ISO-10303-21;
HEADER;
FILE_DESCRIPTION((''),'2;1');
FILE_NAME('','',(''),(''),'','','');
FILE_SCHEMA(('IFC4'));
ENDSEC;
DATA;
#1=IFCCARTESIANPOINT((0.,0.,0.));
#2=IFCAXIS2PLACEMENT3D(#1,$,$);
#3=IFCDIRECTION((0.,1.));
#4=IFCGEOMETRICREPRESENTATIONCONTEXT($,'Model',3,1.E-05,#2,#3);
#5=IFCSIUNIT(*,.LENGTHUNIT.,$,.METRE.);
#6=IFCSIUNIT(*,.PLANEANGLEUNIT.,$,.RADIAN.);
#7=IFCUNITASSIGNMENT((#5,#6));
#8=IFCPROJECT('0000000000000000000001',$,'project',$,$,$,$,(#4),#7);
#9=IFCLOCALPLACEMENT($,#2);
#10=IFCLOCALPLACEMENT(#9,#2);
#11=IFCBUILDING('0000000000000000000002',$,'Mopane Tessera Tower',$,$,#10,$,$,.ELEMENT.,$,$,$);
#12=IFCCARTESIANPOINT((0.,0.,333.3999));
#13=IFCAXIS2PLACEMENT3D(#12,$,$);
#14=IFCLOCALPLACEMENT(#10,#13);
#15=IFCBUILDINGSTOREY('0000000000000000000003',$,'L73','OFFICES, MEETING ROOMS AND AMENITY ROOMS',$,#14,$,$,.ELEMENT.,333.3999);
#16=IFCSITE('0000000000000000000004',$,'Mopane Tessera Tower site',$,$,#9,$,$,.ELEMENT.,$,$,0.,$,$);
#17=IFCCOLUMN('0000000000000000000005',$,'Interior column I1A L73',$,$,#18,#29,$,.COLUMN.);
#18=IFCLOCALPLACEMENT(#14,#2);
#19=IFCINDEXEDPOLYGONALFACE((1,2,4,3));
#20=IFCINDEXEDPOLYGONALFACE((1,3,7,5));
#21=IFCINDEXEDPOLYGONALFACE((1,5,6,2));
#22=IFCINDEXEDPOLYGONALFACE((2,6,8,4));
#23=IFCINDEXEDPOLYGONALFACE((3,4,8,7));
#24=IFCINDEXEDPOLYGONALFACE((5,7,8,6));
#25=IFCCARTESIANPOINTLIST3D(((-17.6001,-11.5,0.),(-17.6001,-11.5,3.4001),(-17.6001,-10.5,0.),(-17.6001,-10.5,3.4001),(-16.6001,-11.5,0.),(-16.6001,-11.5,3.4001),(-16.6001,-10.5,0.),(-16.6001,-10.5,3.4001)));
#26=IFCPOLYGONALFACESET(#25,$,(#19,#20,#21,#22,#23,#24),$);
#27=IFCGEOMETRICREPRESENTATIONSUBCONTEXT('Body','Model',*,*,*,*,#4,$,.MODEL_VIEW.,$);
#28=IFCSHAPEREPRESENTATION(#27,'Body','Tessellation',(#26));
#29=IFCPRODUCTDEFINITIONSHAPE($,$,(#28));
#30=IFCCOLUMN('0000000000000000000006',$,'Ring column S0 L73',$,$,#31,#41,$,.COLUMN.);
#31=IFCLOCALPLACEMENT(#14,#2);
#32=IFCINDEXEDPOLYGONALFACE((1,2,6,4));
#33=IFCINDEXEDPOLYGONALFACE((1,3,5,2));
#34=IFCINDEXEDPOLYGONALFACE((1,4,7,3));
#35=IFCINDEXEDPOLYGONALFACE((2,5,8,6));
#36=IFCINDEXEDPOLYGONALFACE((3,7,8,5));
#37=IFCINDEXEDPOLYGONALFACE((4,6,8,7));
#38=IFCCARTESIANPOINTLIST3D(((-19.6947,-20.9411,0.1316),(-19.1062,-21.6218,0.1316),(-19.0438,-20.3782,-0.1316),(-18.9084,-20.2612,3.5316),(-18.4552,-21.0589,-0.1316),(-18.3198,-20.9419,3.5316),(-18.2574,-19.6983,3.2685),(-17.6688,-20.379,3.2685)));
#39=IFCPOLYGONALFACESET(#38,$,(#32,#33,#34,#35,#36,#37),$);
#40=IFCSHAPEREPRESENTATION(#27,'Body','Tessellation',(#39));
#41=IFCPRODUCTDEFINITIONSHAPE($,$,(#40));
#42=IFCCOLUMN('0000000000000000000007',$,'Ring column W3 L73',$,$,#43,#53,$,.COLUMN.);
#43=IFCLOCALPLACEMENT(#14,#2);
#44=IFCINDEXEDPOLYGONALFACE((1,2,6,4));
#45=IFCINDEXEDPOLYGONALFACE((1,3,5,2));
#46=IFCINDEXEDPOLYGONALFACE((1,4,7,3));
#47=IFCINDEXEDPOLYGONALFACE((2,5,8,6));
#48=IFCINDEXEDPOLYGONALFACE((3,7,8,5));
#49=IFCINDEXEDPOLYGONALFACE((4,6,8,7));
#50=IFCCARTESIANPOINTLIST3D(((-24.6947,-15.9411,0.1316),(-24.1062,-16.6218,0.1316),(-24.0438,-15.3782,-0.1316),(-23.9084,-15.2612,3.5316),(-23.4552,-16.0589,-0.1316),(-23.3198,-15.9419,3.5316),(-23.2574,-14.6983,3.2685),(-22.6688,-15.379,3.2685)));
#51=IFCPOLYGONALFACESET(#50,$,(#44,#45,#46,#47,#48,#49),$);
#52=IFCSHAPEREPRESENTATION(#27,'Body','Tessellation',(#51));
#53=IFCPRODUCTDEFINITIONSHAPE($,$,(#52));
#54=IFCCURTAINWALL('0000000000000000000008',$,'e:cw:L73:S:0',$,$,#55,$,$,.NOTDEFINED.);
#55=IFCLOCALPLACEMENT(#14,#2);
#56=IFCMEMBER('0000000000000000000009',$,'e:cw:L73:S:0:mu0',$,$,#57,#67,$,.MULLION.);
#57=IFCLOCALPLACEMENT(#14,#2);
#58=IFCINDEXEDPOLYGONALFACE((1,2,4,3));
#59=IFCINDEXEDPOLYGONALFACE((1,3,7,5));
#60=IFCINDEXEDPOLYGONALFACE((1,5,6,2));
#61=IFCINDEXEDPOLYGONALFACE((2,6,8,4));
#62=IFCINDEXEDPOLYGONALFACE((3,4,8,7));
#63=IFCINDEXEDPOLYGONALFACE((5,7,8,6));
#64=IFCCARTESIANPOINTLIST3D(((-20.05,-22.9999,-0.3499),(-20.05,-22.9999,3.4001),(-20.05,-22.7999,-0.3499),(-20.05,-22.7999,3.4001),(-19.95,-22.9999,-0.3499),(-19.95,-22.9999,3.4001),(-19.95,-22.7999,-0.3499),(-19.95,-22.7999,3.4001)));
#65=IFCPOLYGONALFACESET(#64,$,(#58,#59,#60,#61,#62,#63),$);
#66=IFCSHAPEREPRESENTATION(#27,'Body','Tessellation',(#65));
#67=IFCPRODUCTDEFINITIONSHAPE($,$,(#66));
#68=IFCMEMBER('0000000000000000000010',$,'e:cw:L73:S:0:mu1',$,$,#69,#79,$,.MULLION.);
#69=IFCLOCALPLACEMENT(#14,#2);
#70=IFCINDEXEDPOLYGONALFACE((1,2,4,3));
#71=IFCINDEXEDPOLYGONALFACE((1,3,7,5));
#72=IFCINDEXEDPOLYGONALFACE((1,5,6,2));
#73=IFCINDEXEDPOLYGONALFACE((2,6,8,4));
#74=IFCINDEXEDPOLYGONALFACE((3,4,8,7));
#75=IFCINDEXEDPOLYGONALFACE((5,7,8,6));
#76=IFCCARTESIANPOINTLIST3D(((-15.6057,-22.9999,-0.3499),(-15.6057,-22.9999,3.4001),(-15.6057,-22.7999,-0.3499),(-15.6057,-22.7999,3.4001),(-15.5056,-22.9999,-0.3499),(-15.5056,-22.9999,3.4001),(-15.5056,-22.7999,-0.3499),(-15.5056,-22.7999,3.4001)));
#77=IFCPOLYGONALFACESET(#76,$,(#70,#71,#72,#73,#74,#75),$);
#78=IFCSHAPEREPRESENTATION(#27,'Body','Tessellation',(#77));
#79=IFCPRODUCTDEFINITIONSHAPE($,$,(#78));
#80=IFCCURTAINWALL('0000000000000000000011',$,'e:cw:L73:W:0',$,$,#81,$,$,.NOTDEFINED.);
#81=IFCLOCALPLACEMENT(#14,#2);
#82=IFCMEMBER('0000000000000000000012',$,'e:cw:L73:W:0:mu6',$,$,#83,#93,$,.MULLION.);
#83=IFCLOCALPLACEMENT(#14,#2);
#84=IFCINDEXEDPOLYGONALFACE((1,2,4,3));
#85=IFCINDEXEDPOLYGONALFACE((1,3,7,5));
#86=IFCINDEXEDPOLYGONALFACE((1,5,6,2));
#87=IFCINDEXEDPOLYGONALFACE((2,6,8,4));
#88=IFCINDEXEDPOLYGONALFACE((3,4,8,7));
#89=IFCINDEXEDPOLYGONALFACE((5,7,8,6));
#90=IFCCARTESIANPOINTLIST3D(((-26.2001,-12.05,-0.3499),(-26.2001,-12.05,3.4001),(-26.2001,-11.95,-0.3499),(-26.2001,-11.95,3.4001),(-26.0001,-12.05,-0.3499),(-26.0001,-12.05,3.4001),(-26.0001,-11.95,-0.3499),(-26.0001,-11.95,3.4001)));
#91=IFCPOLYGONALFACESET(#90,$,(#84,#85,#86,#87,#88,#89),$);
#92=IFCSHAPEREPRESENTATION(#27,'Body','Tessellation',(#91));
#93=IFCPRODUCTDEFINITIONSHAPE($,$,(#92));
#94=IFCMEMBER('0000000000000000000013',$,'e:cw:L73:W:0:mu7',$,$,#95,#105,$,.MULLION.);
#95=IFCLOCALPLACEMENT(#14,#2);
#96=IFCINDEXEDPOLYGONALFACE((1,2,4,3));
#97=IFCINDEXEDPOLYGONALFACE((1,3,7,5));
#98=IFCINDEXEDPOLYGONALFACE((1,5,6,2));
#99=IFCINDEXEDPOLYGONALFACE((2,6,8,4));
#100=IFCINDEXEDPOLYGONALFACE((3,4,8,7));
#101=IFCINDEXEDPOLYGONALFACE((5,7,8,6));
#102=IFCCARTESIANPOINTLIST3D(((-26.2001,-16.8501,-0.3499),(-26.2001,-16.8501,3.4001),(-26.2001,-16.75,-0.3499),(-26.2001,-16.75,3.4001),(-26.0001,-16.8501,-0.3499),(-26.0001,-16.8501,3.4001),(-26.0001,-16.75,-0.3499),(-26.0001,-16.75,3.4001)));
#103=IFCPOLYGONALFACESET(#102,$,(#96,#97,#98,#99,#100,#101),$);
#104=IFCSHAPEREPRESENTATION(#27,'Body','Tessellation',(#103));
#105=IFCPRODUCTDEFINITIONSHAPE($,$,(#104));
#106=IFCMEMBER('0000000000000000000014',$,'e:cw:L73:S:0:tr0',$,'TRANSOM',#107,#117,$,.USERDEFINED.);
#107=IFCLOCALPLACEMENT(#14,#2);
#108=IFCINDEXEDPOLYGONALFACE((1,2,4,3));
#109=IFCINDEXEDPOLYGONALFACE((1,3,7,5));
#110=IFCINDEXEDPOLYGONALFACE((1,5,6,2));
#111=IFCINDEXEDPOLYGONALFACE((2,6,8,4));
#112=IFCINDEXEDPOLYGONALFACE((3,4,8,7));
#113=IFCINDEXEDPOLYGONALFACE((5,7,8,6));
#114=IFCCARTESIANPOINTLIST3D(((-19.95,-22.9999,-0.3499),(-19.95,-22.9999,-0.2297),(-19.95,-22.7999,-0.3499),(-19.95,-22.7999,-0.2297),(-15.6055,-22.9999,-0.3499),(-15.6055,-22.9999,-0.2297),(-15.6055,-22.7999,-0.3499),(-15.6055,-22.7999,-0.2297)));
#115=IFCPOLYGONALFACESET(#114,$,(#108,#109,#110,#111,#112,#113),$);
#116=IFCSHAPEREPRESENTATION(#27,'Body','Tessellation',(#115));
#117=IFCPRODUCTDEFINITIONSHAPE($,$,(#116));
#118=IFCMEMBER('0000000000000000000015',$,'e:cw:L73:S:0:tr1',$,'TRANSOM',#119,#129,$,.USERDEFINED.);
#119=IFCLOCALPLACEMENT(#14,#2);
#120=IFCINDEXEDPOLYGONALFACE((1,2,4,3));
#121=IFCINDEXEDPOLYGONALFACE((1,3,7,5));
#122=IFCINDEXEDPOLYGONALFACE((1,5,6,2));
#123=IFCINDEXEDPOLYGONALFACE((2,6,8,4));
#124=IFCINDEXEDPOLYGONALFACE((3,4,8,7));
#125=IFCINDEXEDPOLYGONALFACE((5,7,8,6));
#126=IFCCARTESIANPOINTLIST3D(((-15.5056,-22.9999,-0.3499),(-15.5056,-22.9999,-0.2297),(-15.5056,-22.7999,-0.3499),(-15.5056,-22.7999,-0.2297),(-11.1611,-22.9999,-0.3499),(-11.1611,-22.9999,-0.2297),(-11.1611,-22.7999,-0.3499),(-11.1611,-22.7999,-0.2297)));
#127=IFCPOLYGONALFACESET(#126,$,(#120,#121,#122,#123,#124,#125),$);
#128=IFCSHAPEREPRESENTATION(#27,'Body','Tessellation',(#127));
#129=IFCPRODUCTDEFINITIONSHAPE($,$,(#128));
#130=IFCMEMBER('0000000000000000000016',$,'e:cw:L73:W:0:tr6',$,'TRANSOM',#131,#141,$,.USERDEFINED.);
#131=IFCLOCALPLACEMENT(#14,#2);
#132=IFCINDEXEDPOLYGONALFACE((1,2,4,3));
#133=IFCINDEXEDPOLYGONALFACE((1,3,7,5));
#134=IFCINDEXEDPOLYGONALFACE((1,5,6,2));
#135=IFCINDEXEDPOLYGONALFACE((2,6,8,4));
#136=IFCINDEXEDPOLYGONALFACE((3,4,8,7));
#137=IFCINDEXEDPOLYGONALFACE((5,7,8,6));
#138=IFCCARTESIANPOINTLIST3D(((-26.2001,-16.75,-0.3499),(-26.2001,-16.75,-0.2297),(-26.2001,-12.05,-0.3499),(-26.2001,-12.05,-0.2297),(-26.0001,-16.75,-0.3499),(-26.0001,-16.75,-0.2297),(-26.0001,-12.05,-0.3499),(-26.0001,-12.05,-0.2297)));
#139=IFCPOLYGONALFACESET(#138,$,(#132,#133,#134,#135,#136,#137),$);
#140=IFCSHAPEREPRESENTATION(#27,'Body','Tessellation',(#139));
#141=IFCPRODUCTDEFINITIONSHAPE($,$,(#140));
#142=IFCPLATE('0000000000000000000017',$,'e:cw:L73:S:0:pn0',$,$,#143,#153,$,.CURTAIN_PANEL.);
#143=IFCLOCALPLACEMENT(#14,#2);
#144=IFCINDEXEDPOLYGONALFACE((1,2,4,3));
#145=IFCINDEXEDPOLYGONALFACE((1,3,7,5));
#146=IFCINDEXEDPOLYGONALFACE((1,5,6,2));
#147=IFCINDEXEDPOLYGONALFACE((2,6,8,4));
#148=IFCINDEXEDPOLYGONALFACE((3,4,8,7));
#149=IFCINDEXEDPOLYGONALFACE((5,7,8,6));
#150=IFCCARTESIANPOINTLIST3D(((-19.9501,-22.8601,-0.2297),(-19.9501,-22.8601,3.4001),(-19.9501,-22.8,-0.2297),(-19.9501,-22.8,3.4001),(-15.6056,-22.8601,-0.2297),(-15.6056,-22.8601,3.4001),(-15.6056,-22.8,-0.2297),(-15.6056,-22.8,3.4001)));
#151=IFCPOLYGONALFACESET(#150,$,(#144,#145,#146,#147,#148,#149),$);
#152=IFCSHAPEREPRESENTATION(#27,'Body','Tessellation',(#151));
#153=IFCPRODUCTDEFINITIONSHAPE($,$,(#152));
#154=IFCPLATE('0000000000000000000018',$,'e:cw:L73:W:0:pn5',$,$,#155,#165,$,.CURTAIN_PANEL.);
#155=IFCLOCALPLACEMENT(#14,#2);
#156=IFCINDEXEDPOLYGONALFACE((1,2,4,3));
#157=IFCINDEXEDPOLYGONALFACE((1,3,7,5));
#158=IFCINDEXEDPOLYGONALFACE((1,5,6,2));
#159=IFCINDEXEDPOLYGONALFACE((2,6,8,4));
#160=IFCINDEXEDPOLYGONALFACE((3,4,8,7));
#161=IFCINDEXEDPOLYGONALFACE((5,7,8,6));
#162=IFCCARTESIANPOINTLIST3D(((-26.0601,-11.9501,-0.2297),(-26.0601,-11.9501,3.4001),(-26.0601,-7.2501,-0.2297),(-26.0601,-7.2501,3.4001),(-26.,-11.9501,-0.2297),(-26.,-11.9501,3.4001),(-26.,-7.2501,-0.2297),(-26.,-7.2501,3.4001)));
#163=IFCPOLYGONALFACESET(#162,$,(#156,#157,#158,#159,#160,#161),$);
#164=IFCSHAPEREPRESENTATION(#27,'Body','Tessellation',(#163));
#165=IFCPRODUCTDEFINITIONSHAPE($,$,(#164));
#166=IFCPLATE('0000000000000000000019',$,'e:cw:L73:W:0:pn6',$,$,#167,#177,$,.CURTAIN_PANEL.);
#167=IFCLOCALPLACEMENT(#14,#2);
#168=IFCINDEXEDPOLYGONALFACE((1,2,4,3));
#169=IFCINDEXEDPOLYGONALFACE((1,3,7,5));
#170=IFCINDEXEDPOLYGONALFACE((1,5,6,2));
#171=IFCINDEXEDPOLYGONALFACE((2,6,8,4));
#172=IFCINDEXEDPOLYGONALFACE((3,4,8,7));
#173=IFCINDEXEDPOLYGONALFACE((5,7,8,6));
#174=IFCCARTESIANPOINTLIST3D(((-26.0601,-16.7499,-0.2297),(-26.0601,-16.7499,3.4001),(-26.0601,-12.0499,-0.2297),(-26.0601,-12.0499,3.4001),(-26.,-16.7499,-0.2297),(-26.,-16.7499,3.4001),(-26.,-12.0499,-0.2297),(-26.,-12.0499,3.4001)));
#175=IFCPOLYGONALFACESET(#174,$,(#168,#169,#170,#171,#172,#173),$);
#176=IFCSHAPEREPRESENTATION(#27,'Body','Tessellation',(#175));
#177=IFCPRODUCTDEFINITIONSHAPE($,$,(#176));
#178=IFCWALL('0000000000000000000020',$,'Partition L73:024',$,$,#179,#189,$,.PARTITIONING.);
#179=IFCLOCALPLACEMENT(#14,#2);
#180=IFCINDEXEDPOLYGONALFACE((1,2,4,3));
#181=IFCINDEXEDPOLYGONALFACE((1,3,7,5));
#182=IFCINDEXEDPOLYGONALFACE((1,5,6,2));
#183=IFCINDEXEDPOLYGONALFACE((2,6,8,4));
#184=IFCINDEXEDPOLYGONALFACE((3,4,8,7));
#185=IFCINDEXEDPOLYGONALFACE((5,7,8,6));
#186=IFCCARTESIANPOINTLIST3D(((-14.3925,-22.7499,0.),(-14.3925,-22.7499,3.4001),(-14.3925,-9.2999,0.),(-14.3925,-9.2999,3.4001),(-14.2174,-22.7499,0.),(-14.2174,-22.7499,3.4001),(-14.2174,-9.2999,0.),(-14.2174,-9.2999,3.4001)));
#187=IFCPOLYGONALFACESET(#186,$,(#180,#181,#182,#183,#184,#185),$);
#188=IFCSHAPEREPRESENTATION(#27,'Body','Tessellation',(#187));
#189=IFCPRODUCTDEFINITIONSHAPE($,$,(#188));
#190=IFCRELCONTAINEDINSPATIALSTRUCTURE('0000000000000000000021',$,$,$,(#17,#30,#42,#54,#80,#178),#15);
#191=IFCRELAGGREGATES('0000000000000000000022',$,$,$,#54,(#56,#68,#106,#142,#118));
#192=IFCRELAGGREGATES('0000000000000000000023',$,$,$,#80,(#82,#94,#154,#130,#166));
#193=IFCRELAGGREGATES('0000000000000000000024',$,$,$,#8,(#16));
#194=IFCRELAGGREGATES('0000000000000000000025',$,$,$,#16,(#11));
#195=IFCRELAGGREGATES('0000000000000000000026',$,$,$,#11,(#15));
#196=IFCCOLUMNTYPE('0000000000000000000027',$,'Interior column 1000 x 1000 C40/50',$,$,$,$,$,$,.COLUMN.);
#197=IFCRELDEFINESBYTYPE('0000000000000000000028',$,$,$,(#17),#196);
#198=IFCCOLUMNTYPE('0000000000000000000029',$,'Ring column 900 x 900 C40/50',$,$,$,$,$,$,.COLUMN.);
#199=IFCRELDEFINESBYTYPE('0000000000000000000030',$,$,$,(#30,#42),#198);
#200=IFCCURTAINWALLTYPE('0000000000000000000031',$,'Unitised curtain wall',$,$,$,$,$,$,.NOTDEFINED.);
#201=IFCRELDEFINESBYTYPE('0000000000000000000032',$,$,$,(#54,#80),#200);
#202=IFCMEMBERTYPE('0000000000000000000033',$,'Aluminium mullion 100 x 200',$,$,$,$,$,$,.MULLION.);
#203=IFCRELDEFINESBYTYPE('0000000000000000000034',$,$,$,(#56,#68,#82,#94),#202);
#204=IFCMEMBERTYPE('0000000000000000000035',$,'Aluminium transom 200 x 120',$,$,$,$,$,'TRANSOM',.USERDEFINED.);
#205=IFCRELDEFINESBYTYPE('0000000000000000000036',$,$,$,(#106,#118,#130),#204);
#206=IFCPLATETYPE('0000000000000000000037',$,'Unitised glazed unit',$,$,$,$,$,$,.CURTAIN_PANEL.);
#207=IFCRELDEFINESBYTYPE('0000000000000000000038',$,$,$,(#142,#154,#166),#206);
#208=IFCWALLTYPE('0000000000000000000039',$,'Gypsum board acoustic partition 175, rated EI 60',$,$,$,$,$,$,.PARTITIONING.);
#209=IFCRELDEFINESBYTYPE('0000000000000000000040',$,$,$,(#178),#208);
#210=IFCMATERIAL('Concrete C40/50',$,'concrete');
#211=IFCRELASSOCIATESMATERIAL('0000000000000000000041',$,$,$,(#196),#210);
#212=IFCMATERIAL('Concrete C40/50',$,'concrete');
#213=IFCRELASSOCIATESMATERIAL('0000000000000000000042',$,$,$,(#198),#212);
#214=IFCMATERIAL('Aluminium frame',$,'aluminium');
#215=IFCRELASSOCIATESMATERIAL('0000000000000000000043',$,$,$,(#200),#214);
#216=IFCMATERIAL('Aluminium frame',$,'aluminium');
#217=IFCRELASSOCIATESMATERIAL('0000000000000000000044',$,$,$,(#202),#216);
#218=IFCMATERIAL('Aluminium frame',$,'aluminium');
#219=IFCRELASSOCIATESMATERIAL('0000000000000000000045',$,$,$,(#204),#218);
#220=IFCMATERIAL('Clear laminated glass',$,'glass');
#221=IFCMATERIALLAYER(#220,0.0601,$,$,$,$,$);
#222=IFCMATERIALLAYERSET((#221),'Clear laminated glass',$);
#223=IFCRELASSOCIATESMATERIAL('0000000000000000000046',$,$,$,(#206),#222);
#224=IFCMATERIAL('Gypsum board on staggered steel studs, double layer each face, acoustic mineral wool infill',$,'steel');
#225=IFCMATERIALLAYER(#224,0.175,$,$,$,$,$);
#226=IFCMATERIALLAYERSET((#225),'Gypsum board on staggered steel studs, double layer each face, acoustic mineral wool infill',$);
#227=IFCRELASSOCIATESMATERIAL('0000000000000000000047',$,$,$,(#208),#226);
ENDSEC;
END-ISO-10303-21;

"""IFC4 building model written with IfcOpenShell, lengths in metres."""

from ifc_helpers import new_model, si_unit, direction, frame, frame_2d, origin, origin_2d, place, context, subcontext, project, spatial, rectangle, extrude, material, layer, layer_set, material_profile, profile_set, type_object, element, aggregate, save


model = new_model("IFC4")

# Units and contexts
model_context = context("Model", 3, precision=1e-05, world=origin(), true_north=direction((0.0, 1.0)))
body_context = subcontext(model_context, "Body", "Model", "MODEL_VIEW")
ifc_project = project(units=[si_unit("LENGTHUNIT", "METRE"), si_unit("PLANEANGLEUNIT", "RADIAN")], contexts=[model_context])

# Site, building, storey
site_placement = place(None, origin())
site = spatial("IfcSite", under=ifc_project, at=site_placement, Name="Mopane Tessera Tower site", CompositionType="ELEMENT", RefElevation=0.0)
building_placement = place(site_placement, origin())
building = spatial("IfcBuilding", under=site, at=building_placement, Name="Mopane Tessera Tower", CompositionType="ELEMENT")
storey_placement = place(building_placement, frame((0.0, 0.0, 333.3999)))
storey = spatial("IfcBuildingStorey", under=building, at=storey_placement, Name="L73", Description="OFFICES, MEETING ROOMS AND AMENITY ROOMS", CompositionType="ELEMENT", Elevation=333.3999)

# Columns
ifc_material_1 = material(Name="Concrete C40/50", Category="concrete")
ifc_material_profile_1 = material_profile(ifc_material_1, rectangle(XDim=1.0, YDim=1.0, at=origin_2d()))
ifc_profile_set_1 = profile_set([ifc_material_profile_1], Name="Concrete C40/50")
column_type_1 = type_object("IfcColumnType", Name="Interior column 1000 x 1000 C40/50", PredefinedType="COLUMN", material=ifc_profile_set_1)
column_placement = place(storey_placement, frame((-17.1001, -11.0, 0.0), z_axis=(0.0, 0.0, 1.0), x_axis=(1.0, 0.0, 0.0)))
element("IfcColumn", 1, at=column_placement, inside=storey, type_object=column_type_1, Name="Interior column I1A L73", PredefinedType="COLUMN", context=body_context, shape_type="SweptSolid", body=[
    extrude(rectangle(XDim=1.0, YDim=1.0, at=origin_2d()), origin(), (0.0, 0.0, 1.0), 3.4001),
])
ifc_material_2 = material(Name="Concrete C40/50", Category="concrete")
ifc_material_profile_2 = material_profile(ifc_material_2, rectangle(XDim=0.8999, YDim=0.8999, at=origin_2d()))
ifc_profile_set_2 = profile_set([ifc_material_profile_2], Name="Concrete C40/50")
column_type_2 = type_object("IfcColumnType", Name="Ring column 900 x 900 C40/50", PredefinedType="COLUMN", material=ifc_profile_set_2)
for number, where, z_axis, x_axis, name in (
    (2, (-19.075, -21.0, 0.0), (0.221171, 0.191233, 0.956302), (-0.654054, 0.756448, 0.0), "Ring column S0 L73"),
    (3, (-24.075, -16.0, 0.0), (0.221171, 0.191233, 0.956302), (-0.654054, 0.756448, 0.0), "Ring column W3 L73"),
):
    element("IfcColumn", number, at=place(storey_placement, frame(where, z_axis=z_axis, x_axis=x_axis)), inside=storey, type_object=column_type_2, Name=name, PredefinedType="COLUMN", context=body_context, shape_type="SweptSolid", body=[
        extrude(rectangle(XDim=0.8999, YDim=0.8999, at=origin_2d()), origin(), (0.0, 0.0, 1.0), 3.5554),
    ])

# Curtain walls, members
ifc_material_3 = material(Name="Aluminium frame", Category="aluminium")
curtain_wall_type = type_object("IfcCurtainWallType", Name="Unitised curtain wall", PredefinedType="NOTDEFINED", material=ifc_material_3)
curtain_wall_1_placement = place(storey_placement, origin())
curtain_wall_1 = element("IfcCurtainWall", 4, at=curtain_wall_1_placement, inside=storey, type_object=curtain_wall_type, Name="e:cw:L73:S:0", PredefinedType="NOTDEFINED")
ifc_material_4 = material(Name="Aluminium frame", Category="aluminium")
ifc_material_profile_3 = material_profile(ifc_material_4, rectangle(XDim=0.1001, YDim=0.2, at=origin_2d()))
ifc_profile_set_3 = profile_set([ifc_material_profile_3], Name="Aluminium frame")
member_type_1 = type_object("IfcMemberType", Name="Aluminium mullion 100 x 200", PredefinedType="MULLION", material=ifc_profile_set_3)
member_1_placement = place(storey_placement, frame((-20.0, -22.8999, -0.3499), z_axis=(0.0, 0.0, 1.0), x_axis=(1.0, 0.0, 0.0)))
member_1 = element("IfcMember", 5, at=member_1_placement, type_object=member_type_1, Name="e:cw:L73:S:0:mu0", PredefinedType="MULLION", context=body_context, shape_type="SweptSolid", body=[
    extrude(rectangle(XDim=0.1001, YDim=0.2, at=origin_2d()), origin(), (0.0, 0.0, 1.0), 3.75),
])
member_2_placement = place(storey_placement, frame((-15.5557, -22.8999, -0.3499), z_axis=(0.0, 0.0, 1.0), x_axis=(1.0, 0.0, 0.0)))
member_2 = element("IfcMember", 6, at=member_2_placement, type_object=member_type_1, Name="e:cw:L73:S:0:mu1", PredefinedType="MULLION", context=body_context, shape_type="SweptSolid", body=[
    extrude(rectangle(XDim=0.1001, YDim=0.2, at=origin_2d()), origin(), (0.0, 0.0, 1.0), 3.75),
])
curtain_wall_2_placement = place(storey_placement, origin())
curtain_wall_2 = element("IfcCurtainWall", 7, at=curtain_wall_2_placement, inside=storey, type_object=curtain_wall_type, Name="e:cw:L73:W:0", PredefinedType="NOTDEFINED")
member_3_placement = place(storey_placement, frame((-26.1001, -12.0, -0.3499), z_axis=(0.0, 0.0, 1.0), x_axis=(0.0, -1.0, 0.0)))
member_3 = element("IfcMember", 8, at=member_3_placement, type_object=member_type_1, Name="e:cw:L73:W:0:mu6", PredefinedType="MULLION", context=body_context, shape_type="SweptSolid", body=[
    extrude(rectangle(XDim=0.1001, YDim=0.2, at=origin_2d()), origin(), (0.0, 0.0, 1.0), 3.75),
])
member_4_placement = place(storey_placement, frame((-26.1001, -16.8, -0.3499), z_axis=(0.0, 0.0, 1.0), x_axis=(0.0, -1.0, 0.0)))
member_4 = element("IfcMember", 9, at=member_4_placement, type_object=member_type_1, Name="e:cw:L73:W:0:mu7", PredefinedType="MULLION", context=body_context, shape_type="SweptSolid", body=[
    extrude(rectangle(XDim=0.1001, YDim=0.2, at=origin_2d()), origin(), (0.0, 0.0, 1.0), 3.75),
])

# Members
ifc_material_5 = material(Name="Aluminium frame", Category="aluminium")
ifc_material_profile_4 = material_profile(ifc_material_5, rectangle(XDim=0.2, YDim=0.1201, at=origin_2d()))
ifc_profile_set_4 = profile_set([ifc_material_profile_4], Name="Aluminium frame")
member_type_2 = type_object("IfcMemberType", Name="Aluminium transom 200 x 120", ElementType="TRANSOM", PredefinedType="USERDEFINED", material=ifc_profile_set_4)
member_5_placement = place(storey_placement, frame((-19.95, -22.8999, -0.2898), z_axis=(1.0, 0.0, 0.0), x_axis=(0.0, 1.0, 0.0)))
member_5 = element("IfcMember", 10, at=member_5_placement, type_object=member_type_2, Name="e:cw:L73:S:0:tr0", ObjectType="TRANSOM", PredefinedType="USERDEFINED", context=body_context, shape_type="SweptSolid", body=[
    extrude(rectangle(XDim=0.2, YDim=0.1201, at=origin_2d()), origin(), (0.0, 0.0, 1.0), 4.3445),
])
member_6_placement = place(storey_placement, frame((-15.5056, -22.8999, -0.2898), z_axis=(1.0, 0.0, 0.0), x_axis=(0.0, 1.0, 0.0)))
member_6 = element("IfcMember", 11, at=member_6_placement, type_object=member_type_2, Name="e:cw:L73:S:0:tr1", ObjectType="TRANSOM", PredefinedType="USERDEFINED", context=body_context, shape_type="SweptSolid", body=[
    extrude(rectangle(XDim=0.2, YDim=0.1201, at=origin_2d()), origin(), (0.0, 0.0, 1.0), 4.3445),
])
member_7_placement = place(storey_placement, frame((-26.1001, -12.05, -0.2898), z_axis=(0.0, -1.0, 0.0), x_axis=(1.0, 0.0, 0.0)))
member_7 = element("IfcMember", 12, at=member_7_placement, type_object=member_type_2, Name="e:cw:L73:W:0:tr6", ObjectType="TRANSOM", PredefinedType="USERDEFINED", context=body_context, shape_type="SweptSolid", body=[
    extrude(rectangle(XDim=0.2, YDim=0.1201, at=origin_2d()), origin(), (0.0, 0.0, 1.0), 4.7),
])

# Plates
ifc_material_6 = material(Name="Clear laminated glass", Category="glass")
ifc_layer_1 = layer(ifc_material_6, 0.0601)
ifc_layer_set_1 = layer_set([ifc_layer_1], Name="Clear laminated glass")
plate_type = type_object("IfcPlateType", Name="Unitised glazed unit", PredefinedType="CURTAIN_PANEL", material=ifc_layer_set_1)
plate_1_placement = place(storey_placement, frame((-17.7778, -22.8301, -0.2297), z_axis=(0.0, 0.0, 1.0), x_axis=(1.0, 0.0, 0.0)))
plate_1 = element("IfcPlate", 13, at=plate_1_placement, type_object=plate_type, Name="e:cw:L73:S:0:pn0", PredefinedType="CURTAIN_PANEL", context=body_context, shape_type="SweptSolid", body=[
    extrude(rectangle(XDim=4.3445, YDim=0.0601, at=origin_2d()), origin(), (0.0, 0.0, 1.0), 3.6299),
])
aggregate(curtain_wall_1, [member_1, member_2, member_5, plate_1, member_6])
plate_2_placement = place(storey_placement, frame((-26.03, -9.6001, -0.2297), z_axis=(0.0, 0.0, 1.0), x_axis=(0.0, -1.0, 0.0)))
plate_2 = element("IfcPlate", 14, at=plate_2_placement, type_object=plate_type, Name="e:cw:L73:W:0:pn5", PredefinedType="CURTAIN_PANEL", context=body_context, shape_type="SweptSolid", body=[
    extrude(rectangle(XDim=4.7, YDim=0.0601, at=origin_2d()), origin(), (0.0, 0.0, 1.0), 3.6299),
])
plate_3_placement = place(storey_placement, frame((-26.03, -14.3999, -0.2297), z_axis=(0.0, 0.0, 1.0), x_axis=(0.0, -1.0, 0.0)))
plate_3 = element("IfcPlate", 15, at=plate_3_placement, type_object=plate_type, Name="e:cw:L73:W:0:pn6", PredefinedType="CURTAIN_PANEL", context=body_context, shape_type="SweptSolid", body=[
    extrude(rectangle(XDim=4.7, YDim=0.0601, at=origin_2d()), origin(), (0.0, 0.0, 1.0), 3.6299),
])
aggregate(curtain_wall_2, [member_3, member_4, plate_2, member_7, plate_3])

# Wall
ifc_material_7 = material(Name="Gypsum board on staggered steel studs, double layer each face, acoustic mineral wool infill", Category="steel")
ifc_layer_2 = layer(ifc_material_7, 0.175)
ifc_layer_set_2 = layer_set([ifc_layer_2], Name="Gypsum board on staggered steel studs, double layer each face, acoustic mineral wool infill")
wall_type_1 = type_object("IfcWallType", Name="Gypsum board acoustic partition 175, rated EI 60", PredefinedType="PARTITIONING", material=ifc_layer_set_2)
wall_1_placement = place(storey_placement, frame((-14.3049, -22.75, 0.0), z_axis=(0.0, 0.0, 1.0), x_axis=(0.0, 1.0, 0.0)))
element("IfcWall", 16, at=wall_1_placement, inside=storey, type_object=wall_type_1, Name="Partition L73:024", PredefinedType="PARTITIONING", context=body_context, shape_type="SweptSolid", body=[
    extrude(rectangle(XDim=13.45, YDim=0.175, at=frame_2d((6.7251, 0.0))), origin(), (0.0, 0.0, 1.0), 3.4001),
])

save(model, "model.ifc")
